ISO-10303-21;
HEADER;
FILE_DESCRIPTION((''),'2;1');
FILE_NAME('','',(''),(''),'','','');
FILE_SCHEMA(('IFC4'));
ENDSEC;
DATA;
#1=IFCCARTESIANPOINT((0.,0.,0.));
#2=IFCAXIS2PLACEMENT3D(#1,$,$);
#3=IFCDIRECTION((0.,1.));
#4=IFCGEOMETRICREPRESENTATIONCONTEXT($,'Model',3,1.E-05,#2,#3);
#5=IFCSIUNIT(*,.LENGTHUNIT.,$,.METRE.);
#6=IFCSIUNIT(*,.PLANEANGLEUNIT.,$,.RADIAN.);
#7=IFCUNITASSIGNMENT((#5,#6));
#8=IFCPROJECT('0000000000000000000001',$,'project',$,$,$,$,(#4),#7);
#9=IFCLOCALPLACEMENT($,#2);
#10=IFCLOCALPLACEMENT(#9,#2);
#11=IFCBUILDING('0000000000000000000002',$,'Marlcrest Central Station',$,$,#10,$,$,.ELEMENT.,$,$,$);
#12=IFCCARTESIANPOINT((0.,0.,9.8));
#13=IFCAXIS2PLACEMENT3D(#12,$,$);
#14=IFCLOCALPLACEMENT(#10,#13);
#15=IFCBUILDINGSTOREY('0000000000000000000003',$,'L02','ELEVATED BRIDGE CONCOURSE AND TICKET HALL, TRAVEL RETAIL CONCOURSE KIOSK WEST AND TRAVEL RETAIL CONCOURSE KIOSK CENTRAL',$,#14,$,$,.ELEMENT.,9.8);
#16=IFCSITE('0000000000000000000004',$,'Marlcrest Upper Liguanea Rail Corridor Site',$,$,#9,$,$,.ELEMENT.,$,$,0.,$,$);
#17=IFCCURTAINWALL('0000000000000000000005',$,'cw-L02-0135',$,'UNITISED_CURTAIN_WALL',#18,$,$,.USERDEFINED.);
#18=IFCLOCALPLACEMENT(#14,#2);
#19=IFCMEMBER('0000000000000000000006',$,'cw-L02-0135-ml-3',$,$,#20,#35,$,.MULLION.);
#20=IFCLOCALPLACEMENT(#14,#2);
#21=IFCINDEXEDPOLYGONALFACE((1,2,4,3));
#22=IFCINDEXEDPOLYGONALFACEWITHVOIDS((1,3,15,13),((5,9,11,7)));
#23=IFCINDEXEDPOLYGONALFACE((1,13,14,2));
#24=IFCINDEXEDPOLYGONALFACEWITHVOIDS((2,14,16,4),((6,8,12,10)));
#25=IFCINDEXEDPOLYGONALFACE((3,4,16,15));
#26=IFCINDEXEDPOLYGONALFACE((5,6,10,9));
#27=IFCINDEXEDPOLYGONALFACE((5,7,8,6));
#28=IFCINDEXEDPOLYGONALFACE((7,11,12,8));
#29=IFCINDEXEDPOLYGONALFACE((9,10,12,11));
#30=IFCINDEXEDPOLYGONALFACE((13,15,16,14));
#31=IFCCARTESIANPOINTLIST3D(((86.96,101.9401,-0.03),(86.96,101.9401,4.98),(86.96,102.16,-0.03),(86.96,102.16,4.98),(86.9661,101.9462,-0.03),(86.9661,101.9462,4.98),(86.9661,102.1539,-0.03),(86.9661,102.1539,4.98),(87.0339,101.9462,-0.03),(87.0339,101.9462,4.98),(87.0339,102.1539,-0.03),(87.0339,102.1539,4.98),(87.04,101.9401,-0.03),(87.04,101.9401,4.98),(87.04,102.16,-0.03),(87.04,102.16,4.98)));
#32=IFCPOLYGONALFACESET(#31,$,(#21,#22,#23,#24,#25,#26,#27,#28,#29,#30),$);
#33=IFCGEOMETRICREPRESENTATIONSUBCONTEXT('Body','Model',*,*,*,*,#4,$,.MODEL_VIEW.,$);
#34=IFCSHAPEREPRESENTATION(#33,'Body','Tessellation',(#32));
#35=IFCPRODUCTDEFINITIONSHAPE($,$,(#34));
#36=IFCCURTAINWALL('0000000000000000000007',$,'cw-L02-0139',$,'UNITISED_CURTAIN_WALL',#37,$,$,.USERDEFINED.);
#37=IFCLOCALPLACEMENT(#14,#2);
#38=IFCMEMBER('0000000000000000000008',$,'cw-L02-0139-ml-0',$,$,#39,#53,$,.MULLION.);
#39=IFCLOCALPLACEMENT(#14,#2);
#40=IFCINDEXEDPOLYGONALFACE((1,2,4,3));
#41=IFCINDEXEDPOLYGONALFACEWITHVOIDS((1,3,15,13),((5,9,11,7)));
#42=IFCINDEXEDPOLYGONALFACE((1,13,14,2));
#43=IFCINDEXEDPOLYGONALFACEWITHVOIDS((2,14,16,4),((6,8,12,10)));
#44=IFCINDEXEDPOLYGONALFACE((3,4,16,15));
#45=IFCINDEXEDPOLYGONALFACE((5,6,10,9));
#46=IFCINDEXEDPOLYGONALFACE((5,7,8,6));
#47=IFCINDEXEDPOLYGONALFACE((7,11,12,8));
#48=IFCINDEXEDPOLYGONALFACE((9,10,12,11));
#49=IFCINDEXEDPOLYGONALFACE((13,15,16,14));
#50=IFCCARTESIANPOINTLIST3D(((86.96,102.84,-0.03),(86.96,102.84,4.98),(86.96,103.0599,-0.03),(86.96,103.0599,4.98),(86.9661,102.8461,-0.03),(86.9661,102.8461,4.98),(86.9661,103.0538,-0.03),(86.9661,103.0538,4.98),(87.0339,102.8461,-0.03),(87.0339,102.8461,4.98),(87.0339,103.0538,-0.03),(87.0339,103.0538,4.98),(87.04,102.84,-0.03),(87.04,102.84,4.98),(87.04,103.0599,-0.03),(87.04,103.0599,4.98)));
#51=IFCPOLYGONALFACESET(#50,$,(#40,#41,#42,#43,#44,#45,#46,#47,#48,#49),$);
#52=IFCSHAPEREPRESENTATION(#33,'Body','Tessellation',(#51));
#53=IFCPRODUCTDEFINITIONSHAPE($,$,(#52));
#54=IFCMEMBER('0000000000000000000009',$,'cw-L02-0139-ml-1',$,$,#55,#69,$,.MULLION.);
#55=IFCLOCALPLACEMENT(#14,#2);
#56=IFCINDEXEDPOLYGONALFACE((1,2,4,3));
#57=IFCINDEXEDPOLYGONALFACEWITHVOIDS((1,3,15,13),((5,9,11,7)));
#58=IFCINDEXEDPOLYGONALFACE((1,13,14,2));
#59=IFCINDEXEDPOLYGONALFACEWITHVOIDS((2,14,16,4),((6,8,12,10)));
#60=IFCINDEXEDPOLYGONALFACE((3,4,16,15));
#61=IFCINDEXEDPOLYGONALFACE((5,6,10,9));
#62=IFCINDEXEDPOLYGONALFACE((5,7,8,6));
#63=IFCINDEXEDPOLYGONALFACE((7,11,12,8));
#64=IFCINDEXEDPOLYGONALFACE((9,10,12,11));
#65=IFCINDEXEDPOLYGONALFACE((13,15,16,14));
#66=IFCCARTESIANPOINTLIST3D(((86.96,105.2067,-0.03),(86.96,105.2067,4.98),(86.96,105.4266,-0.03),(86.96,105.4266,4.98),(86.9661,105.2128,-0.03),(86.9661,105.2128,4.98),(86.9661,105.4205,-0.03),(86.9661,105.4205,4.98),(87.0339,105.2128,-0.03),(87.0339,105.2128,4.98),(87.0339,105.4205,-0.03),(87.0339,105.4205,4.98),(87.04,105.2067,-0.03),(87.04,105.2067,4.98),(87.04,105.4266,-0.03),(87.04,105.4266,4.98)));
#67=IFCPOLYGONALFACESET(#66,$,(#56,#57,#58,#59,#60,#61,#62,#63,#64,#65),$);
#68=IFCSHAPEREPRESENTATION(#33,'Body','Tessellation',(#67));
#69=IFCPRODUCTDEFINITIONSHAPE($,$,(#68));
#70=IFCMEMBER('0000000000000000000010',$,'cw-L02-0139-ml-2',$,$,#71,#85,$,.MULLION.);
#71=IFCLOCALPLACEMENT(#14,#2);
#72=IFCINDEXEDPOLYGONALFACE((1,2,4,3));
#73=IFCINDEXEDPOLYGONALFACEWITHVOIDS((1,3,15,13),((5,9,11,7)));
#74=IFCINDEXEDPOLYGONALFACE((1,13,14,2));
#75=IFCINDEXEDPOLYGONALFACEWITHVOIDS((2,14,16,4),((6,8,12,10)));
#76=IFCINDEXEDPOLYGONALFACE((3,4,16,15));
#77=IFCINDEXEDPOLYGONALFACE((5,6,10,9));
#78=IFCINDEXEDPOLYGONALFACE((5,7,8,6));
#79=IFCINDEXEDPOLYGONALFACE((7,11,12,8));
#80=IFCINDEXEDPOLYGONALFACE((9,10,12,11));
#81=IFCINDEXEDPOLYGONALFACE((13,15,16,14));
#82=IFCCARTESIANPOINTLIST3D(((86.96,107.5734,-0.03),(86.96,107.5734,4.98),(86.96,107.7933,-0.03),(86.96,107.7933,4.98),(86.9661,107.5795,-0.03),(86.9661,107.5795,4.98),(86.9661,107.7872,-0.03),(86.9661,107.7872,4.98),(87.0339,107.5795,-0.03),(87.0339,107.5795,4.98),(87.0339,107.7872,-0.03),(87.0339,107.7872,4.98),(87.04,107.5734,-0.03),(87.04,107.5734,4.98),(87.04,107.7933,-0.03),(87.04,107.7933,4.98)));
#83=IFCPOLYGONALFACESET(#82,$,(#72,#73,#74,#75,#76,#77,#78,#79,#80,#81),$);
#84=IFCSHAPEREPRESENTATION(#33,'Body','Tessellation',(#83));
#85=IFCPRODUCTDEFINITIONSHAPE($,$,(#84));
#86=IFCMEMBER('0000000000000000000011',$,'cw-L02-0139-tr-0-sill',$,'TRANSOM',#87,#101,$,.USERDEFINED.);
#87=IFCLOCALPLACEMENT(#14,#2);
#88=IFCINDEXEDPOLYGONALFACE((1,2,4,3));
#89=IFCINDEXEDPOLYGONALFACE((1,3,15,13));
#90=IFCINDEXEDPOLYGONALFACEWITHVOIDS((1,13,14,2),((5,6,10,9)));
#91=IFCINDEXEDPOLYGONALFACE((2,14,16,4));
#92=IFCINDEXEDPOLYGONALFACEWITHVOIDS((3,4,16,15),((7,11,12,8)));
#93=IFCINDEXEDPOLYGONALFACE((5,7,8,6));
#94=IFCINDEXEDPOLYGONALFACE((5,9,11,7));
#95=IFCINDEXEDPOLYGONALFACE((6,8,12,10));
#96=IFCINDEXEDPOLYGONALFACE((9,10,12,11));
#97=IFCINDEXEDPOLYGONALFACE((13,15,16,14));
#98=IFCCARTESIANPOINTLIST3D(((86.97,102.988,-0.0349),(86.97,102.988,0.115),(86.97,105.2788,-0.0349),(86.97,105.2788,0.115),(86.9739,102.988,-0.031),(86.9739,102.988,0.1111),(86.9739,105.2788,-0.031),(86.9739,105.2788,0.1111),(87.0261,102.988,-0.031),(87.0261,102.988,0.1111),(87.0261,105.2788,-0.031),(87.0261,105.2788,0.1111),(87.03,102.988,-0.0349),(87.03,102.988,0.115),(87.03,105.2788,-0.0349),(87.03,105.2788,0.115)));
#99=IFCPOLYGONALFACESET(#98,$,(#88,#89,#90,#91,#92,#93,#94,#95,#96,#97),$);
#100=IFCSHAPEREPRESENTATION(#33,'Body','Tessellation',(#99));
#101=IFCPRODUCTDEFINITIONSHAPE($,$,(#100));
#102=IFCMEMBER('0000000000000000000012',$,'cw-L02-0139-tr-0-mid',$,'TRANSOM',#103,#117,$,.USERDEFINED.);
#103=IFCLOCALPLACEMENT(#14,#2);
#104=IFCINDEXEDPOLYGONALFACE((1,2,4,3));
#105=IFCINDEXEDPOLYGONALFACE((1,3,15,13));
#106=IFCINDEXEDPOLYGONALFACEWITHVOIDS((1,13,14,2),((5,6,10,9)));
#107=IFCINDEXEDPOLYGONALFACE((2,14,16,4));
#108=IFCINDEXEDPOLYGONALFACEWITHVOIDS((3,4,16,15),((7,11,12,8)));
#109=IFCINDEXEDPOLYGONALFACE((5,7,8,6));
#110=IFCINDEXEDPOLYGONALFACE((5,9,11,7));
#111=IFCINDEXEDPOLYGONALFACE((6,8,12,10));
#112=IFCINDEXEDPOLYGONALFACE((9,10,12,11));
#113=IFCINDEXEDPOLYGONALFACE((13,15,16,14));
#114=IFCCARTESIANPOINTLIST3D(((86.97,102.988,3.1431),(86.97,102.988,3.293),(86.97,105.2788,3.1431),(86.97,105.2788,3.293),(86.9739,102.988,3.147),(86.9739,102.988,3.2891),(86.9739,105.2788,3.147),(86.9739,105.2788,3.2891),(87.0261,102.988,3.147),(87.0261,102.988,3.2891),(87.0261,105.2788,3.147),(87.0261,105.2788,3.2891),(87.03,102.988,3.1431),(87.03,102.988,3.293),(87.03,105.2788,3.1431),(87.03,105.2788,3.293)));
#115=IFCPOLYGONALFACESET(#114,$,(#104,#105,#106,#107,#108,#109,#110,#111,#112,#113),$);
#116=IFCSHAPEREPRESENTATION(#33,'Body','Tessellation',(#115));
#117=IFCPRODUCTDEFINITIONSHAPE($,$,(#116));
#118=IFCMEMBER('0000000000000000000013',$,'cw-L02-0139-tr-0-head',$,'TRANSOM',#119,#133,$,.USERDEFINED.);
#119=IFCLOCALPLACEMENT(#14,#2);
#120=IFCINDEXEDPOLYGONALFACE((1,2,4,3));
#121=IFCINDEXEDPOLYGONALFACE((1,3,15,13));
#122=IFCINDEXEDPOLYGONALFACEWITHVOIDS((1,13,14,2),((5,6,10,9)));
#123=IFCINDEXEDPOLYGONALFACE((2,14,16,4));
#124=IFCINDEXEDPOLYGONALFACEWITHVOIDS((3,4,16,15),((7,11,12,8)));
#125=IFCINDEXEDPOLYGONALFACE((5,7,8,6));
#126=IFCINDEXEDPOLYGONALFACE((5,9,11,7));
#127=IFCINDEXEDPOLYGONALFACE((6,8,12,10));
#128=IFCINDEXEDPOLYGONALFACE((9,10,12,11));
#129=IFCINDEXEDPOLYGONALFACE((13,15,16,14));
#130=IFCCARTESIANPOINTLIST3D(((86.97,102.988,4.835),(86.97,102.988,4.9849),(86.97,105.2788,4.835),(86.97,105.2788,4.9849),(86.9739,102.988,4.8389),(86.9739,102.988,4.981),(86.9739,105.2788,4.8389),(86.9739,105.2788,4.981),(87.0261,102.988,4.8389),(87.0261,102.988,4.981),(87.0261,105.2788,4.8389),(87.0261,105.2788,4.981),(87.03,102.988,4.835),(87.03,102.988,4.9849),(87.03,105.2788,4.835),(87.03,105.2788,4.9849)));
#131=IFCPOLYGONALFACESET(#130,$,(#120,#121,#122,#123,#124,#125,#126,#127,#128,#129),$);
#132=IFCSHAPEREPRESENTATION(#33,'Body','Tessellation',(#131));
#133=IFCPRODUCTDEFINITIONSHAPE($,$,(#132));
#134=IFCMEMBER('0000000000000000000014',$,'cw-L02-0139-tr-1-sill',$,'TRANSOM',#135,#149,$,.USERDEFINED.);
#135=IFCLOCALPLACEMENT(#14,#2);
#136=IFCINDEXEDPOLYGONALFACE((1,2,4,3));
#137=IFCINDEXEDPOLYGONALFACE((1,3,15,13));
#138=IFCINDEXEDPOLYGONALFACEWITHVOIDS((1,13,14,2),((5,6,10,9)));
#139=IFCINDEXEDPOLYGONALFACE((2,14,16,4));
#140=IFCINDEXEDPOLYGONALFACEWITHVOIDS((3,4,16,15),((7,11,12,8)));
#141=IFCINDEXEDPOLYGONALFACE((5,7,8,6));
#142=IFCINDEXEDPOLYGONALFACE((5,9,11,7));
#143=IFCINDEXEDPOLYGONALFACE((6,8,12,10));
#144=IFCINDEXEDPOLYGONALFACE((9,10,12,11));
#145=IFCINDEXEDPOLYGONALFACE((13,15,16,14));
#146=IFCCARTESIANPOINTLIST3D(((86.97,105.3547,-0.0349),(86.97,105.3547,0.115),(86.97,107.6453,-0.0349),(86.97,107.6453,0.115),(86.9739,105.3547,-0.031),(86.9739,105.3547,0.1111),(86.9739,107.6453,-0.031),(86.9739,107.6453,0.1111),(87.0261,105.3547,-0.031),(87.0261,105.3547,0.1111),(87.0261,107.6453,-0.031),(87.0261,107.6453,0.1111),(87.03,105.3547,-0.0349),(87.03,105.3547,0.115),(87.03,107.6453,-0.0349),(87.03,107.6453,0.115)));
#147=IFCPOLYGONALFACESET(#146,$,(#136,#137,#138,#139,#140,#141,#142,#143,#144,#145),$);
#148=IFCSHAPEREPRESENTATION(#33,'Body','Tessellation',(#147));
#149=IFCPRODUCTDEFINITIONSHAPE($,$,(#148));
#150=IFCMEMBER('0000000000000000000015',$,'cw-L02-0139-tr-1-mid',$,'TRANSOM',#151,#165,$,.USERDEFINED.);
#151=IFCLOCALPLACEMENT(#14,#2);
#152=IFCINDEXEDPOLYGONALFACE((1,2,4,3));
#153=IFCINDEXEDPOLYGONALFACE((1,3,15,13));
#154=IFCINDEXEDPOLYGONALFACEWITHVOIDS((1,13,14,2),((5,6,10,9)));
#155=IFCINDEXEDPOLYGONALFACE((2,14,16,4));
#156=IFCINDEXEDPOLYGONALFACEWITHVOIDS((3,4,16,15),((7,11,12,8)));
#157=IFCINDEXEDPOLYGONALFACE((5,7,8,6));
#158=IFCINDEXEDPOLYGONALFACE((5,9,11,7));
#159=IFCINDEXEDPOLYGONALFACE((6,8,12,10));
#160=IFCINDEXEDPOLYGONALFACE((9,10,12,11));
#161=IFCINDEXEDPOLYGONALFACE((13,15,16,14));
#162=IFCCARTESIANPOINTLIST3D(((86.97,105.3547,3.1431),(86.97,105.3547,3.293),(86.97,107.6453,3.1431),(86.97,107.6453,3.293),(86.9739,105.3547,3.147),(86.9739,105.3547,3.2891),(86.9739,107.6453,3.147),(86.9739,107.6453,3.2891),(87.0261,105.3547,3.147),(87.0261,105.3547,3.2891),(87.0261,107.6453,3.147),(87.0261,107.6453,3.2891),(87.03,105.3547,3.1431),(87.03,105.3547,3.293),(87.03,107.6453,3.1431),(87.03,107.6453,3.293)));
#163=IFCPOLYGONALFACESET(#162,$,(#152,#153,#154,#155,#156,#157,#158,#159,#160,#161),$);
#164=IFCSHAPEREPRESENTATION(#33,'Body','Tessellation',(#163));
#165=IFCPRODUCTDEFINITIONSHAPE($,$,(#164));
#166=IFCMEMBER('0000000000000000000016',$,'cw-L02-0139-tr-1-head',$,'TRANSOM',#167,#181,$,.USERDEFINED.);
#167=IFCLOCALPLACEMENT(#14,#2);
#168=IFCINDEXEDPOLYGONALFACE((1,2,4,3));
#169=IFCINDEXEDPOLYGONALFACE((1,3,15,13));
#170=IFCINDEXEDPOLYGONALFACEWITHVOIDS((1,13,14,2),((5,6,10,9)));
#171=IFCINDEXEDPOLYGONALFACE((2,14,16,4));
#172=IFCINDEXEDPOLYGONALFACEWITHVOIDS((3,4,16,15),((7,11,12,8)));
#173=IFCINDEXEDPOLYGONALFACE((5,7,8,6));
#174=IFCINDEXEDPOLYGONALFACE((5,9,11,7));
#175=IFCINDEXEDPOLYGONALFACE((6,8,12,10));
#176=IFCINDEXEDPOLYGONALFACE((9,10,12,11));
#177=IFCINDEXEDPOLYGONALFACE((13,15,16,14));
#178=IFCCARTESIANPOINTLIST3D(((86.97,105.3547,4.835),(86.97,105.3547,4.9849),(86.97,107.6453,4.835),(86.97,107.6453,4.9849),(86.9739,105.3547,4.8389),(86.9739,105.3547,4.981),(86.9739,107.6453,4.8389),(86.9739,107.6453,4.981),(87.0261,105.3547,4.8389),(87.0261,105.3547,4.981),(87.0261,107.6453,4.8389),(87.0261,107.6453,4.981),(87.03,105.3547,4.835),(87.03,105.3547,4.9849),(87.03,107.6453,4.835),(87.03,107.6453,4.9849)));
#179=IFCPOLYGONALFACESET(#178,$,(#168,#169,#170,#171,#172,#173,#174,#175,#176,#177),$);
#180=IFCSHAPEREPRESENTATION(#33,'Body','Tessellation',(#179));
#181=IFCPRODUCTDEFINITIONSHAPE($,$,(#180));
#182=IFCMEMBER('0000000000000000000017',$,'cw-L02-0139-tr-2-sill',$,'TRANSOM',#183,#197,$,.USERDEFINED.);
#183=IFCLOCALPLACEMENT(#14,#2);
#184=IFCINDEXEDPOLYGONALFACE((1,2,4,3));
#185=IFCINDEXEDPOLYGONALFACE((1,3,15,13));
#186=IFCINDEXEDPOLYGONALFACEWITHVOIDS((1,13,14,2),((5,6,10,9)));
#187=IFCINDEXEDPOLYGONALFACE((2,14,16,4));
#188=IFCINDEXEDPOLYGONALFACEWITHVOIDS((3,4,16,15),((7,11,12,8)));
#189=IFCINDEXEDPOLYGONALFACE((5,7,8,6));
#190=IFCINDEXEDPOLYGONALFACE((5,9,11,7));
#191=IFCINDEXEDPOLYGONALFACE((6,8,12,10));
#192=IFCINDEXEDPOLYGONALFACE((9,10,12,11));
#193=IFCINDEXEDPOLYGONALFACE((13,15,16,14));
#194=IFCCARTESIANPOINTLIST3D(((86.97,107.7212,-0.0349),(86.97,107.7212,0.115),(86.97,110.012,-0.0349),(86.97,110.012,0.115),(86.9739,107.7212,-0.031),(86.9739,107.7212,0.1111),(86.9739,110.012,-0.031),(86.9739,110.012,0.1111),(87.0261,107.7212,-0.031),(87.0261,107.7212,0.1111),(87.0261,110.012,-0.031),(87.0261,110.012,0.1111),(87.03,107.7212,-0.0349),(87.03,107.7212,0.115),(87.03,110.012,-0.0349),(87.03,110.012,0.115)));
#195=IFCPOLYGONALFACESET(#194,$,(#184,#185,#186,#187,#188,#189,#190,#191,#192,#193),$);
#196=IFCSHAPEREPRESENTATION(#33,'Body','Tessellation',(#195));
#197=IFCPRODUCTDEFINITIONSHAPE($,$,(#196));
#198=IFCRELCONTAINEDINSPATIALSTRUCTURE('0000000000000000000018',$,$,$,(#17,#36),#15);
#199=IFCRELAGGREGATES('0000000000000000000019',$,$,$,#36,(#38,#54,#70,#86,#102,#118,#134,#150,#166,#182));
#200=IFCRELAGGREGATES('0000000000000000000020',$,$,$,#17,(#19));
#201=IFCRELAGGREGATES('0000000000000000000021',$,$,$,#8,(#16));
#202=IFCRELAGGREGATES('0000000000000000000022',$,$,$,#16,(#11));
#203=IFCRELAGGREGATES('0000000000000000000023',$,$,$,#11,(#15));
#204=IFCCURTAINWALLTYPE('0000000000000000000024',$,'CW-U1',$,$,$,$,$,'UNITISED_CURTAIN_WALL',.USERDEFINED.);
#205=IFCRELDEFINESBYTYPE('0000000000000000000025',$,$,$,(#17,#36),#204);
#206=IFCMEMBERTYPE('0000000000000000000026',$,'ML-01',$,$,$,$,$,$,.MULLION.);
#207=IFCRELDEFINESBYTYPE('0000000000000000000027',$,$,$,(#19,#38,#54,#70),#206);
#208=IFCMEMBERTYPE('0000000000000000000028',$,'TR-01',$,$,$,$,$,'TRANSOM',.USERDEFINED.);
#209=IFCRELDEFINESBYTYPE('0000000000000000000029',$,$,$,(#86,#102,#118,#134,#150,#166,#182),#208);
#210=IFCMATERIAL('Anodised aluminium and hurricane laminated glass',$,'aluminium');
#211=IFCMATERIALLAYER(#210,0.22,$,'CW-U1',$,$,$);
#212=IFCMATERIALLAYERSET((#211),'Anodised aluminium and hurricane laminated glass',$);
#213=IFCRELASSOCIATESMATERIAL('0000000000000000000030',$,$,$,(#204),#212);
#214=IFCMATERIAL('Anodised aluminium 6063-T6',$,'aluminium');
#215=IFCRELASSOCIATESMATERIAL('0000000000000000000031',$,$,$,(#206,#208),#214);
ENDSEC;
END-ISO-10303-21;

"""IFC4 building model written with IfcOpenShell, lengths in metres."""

from ifc_helpers import new_model, si_unit, direction, frame, origin, origin_2d, place, context, subcontext, project, spatial, hollow_rectangle, extrude, material, layer, layer_set, material_profile, profile_set, type_object, element, aggregate, save


model = new_model("IFC4")

# Units and contexts
model_context = context("Model", 3, precision=1e-05, world=origin(), true_north=direction((0.0, 1.0)))
body_context = subcontext(model_context, "Body", "Model", "MODEL_VIEW")
ifc_project = project(units=[si_unit("LENGTHUNIT", "METRE"), si_unit("PLANEANGLEUNIT", "RADIAN")], contexts=[model_context])

# Site, building, storey
site_placement = place(None, origin())
site = spatial("IfcSite", under=ifc_project, at=site_placement, Name="Marlcrest Upper Liguanea Rail Corridor Site", CompositionType="ELEMENT", RefElevation=0.0)
building_placement = place(site_placement, origin())
building = spatial("IfcBuilding", under=site, at=building_placement, Name="Marlcrest Central Station", CompositionType="ELEMENT")
storey_placement = place(building_placement, frame((0.0, 0.0, 9.8)))
storey = spatial("IfcBuildingStorey", under=building, at=storey_placement, Name="L02", Description="ELEVATED BRIDGE CONCOURSE AND TICKET HALL, TRAVEL RETAIL CONCOURSE KIOSK WEST AND TRAVEL RETAIL CONCOURSE KIOSK CENTRAL", CompositionType="ELEMENT", Elevation=9.8)

# Curtain wall, member
ifc_material_1 = material(Name="Anodised aluminium and hurricane laminated glass", Category="aluminium")
ifc_layer_1 = layer(ifc_material_1, 0.22, Name="CW-U1")
ifc_layer_set_1 = layer_set([ifc_layer_1], Name="Anodised aluminium and hurricane laminated glass")
curtain_wall_type = type_object("IfcCurtainWallType", Name="CW-U1", ElementType="UNITISED_CURTAIN_WALL", PredefinedType="USERDEFINED", material=ifc_layer_set_1)
curtain_wall_1_placement = place(storey_placement, origin())
curtain_wall_1 = element("IfcCurtainWall", 1, at=curtain_wall_1_placement, inside=storey, type_object=curtain_wall_type, Name="cw-L02-0135", ObjectType="UNITISED_CURTAIN_WALL", PredefinedType="USERDEFINED")
ifc_material_2 = material(Name="Anodised aluminium 6063-T6", Category="aluminium")
ifc_material_profile_1 = material_profile(ifc_material_2, hollow_rectangle(XDim=0.0801, YDim=0.22, WallThickness=0.0061, at=origin_2d()), Name="AA-RHS 220x80x6")
ifc_profile_set_1 = profile_set([ifc_material_profile_1], Name="Anodised aluminium 6063-T6")
member_type_1 = type_object("IfcMemberType", Name="ML-01", PredefinedType="MULLION", material=ifc_profile_set_1)
member_1_placement = place(storey_placement, frame((87.0, 102.05, -0.03), z_axis=(0.0, 0.0, 1.0), x_axis=(1.0, 0.0, 0.0)))
member_1 = element("IfcMember", 2, at=member_1_placement, type_object=member_type_1, Name="cw-L02-0135-ml-3", PredefinedType="MULLION", context=body_context, shape_type="SweptSolid", body=[
    extrude(hollow_rectangle(XDim=0.0801, YDim=0.22, WallThickness=0.0061, at=origin_2d()), origin(), (0.0, 0.0, 1.0), 5.01),
])

# Curtain wall, members
curtain_wall_2_placement = place(storey_placement, origin())
curtain_wall_2 = element("IfcCurtainWall", 3, at=curtain_wall_2_placement, inside=storey, type_object=curtain_wall_type, Name="cw-L02-0139", ObjectType="UNITISED_CURTAIN_WALL", PredefinedType="USERDEFINED")
member_2_placement = place(storey_placement, frame((87.0, 102.95, -0.03), z_axis=(0.0, 0.0, 1.0), x_axis=(1.0, 0.0, 0.0)))
member_2 = element("IfcMember", 4, at=member_2_placement, type_object=member_type_1, Name="cw-L02-0139-ml-0", PredefinedType="MULLION", context=body_context, shape_type="SweptSolid", body=[
    extrude(hollow_rectangle(XDim=0.0801, YDim=0.22, WallThickness=0.0061, at=origin_2d()), origin(), (0.0, 0.0, 1.0), 5.01),
])
member_3_placement = place(storey_placement, frame((87.0, 105.3167, -0.03), z_axis=(0.0, 0.0, 1.0), x_axis=(1.0, 0.0, 0.0)))
member_3 = element("IfcMember", 5, at=member_3_placement, type_object=member_type_1, Name="cw-L02-0139-ml-1", PredefinedType="MULLION", context=body_context, shape_type="SweptSolid", body=[
    extrude(hollow_rectangle(XDim=0.0801, YDim=0.22, WallThickness=0.0061, at=origin_2d()), origin(), (0.0, 0.0, 1.0), 5.01),
])
member_4_placement = place(storey_placement, frame((87.0, 107.6833, -0.03), z_axis=(0.0, 0.0, 1.0), x_axis=(1.0, 0.0, 0.0)))
member_4 = element("IfcMember", 6, at=member_4_placement, type_object=member_type_1, Name="cw-L02-0139-ml-2", PredefinedType="MULLION", context=body_context, shape_type="SweptSolid", body=[
    extrude(hollow_rectangle(XDim=0.0801, YDim=0.22, WallThickness=0.0061, at=origin_2d()), origin(), (0.0, 0.0, 1.0), 5.01),
])
ifc_material_profile_2 = material_profile(ifc_material_2, hollow_rectangle(XDim=0.0601, YDim=0.1499, WallThickness=0.0039, at=origin_2d()), Name="AA-RHS 150x60x4")
ifc_profile_set_2 = profile_set([ifc_material_profile_2], Name="Anodised aluminium 6063-T6")
member_type_2 = type_object("IfcMemberType", Name="TR-01", ElementType="TRANSOM", PredefinedType="USERDEFINED", material=ifc_profile_set_2)
member_5_placement = place(storey_placement, frame((87.0, 102.988, 0.04), z_axis=(0.0, 1.0, 0.0), x_axis=(-1.0, 0.0, 0.0)))
member_5 = element("IfcMember", 7, at=member_5_placement, type_object=member_type_2, Name="cw-L02-0139-tr-0-sill", ObjectType="TRANSOM", PredefinedType="USERDEFINED", context=body_context, shape_type="SweptSolid", body=[
    extrude(hollow_rectangle(XDim=0.0601, YDim=0.1499, WallThickness=0.0039, at=origin_2d()), origin(), (0.0, 0.0, 1.0), 2.2908),
])
member_6_placement = place(storey_placement, frame((87.0, 102.988, 3.218), z_axis=(0.0, 1.0, 0.0), x_axis=(-1.0, 0.0, 0.0)))
member_6 = element("IfcMember", 8, at=member_6_placement, type_object=member_type_2, Name="cw-L02-0139-tr-0-mid", ObjectType="TRANSOM", PredefinedType="USERDEFINED", context=body_context, shape_type="SweptSolid", body=[
    extrude(hollow_rectangle(XDim=0.0601, YDim=0.1499, WallThickness=0.0039, at=origin_2d()), origin(), (0.0, 0.0, 1.0), 2.2908),
])
member_7_placement = place(storey_placement, frame((87.0, 102.988, 4.9099), z_axis=(0.0, 1.0, 0.0), x_axis=(-1.0, 0.0, 0.0)))
member_7 = element("IfcMember", 9, at=member_7_placement, type_object=member_type_2, Name="cw-L02-0139-tr-0-head", ObjectType="TRANSOM", PredefinedType="USERDEFINED", context=body_context, shape_type="SweptSolid", body=[
    extrude(hollow_rectangle(XDim=0.0601, YDim=0.1499, WallThickness=0.0039, at=origin_2d()), origin(), (0.0, 0.0, 1.0), 2.2908),
])
member_8_placement = place(storey_placement, frame((87.0, 105.3547, 0.04), z_axis=(0.0, 1.0, 0.0), x_axis=(-1.0, 0.0, 0.0)))
member_8 = element("IfcMember", 10, at=member_8_placement, type_object=member_type_2, Name="cw-L02-0139-tr-1-sill", ObjectType="TRANSOM", PredefinedType="USERDEFINED", context=body_context, shape_type="SweptSolid", body=[
    extrude(hollow_rectangle(XDim=0.0601, YDim=0.1499, WallThickness=0.0039, at=origin_2d()), origin(), (0.0, 0.0, 1.0), 2.2905),
])
member_9_placement = place(storey_placement, frame((87.0, 105.3547, 3.218), z_axis=(0.0, 1.0, 0.0), x_axis=(-1.0, 0.0, 0.0)))
member_9 = element("IfcMember", 11, at=member_9_placement, type_object=member_type_2, Name="cw-L02-0139-tr-1-mid", ObjectType="TRANSOM", PredefinedType="USERDEFINED", context=body_context, shape_type="SweptSolid", body=[
    extrude(hollow_rectangle(XDim=0.0601, YDim=0.1499, WallThickness=0.0039, at=origin_2d()), origin(), (0.0, 0.0, 1.0), 2.2905),
])
member_10_placement = place(storey_placement, frame((87.0, 105.3547, 4.9099), z_axis=(0.0, 1.0, 0.0), x_axis=(-1.0, 0.0, 0.0)))
member_10 = element("IfcMember", 12, at=member_10_placement, type_object=member_type_2, Name="cw-L02-0139-tr-1-head", ObjectType="TRANSOM", PredefinedType="USERDEFINED", context=body_context, shape_type="SweptSolid", body=[
    extrude(hollow_rectangle(XDim=0.0601, YDim=0.1499, WallThickness=0.0039, at=origin_2d()), origin(), (0.0, 0.0, 1.0), 2.2905),
])
member_11_placement = place(storey_placement, frame((87.0, 107.7212, 0.04), z_axis=(0.0, 1.0, 0.0), x_axis=(-1.0, 0.0, 0.0)))
member_11 = element("IfcMember", 13, at=member_11_placement, type_object=member_type_2, Name="cw-L02-0139-tr-2-sill", ObjectType="TRANSOM", PredefinedType="USERDEFINED", context=body_context, shape_type="SweptSolid", body=[
    extrude(hollow_rectangle(XDim=0.0601, YDim=0.1499, WallThickness=0.0039, at=origin_2d()), origin(), (0.0, 0.0, 1.0), 2.2908),
])

aggregate(curtain_wall_2, [member_2, member_3, member_4, member_5, member_6, member_7, member_8, member_9, member_10, member_11])
aggregate(curtain_wall_1, [member_1])

save(model, "model.ifc")
